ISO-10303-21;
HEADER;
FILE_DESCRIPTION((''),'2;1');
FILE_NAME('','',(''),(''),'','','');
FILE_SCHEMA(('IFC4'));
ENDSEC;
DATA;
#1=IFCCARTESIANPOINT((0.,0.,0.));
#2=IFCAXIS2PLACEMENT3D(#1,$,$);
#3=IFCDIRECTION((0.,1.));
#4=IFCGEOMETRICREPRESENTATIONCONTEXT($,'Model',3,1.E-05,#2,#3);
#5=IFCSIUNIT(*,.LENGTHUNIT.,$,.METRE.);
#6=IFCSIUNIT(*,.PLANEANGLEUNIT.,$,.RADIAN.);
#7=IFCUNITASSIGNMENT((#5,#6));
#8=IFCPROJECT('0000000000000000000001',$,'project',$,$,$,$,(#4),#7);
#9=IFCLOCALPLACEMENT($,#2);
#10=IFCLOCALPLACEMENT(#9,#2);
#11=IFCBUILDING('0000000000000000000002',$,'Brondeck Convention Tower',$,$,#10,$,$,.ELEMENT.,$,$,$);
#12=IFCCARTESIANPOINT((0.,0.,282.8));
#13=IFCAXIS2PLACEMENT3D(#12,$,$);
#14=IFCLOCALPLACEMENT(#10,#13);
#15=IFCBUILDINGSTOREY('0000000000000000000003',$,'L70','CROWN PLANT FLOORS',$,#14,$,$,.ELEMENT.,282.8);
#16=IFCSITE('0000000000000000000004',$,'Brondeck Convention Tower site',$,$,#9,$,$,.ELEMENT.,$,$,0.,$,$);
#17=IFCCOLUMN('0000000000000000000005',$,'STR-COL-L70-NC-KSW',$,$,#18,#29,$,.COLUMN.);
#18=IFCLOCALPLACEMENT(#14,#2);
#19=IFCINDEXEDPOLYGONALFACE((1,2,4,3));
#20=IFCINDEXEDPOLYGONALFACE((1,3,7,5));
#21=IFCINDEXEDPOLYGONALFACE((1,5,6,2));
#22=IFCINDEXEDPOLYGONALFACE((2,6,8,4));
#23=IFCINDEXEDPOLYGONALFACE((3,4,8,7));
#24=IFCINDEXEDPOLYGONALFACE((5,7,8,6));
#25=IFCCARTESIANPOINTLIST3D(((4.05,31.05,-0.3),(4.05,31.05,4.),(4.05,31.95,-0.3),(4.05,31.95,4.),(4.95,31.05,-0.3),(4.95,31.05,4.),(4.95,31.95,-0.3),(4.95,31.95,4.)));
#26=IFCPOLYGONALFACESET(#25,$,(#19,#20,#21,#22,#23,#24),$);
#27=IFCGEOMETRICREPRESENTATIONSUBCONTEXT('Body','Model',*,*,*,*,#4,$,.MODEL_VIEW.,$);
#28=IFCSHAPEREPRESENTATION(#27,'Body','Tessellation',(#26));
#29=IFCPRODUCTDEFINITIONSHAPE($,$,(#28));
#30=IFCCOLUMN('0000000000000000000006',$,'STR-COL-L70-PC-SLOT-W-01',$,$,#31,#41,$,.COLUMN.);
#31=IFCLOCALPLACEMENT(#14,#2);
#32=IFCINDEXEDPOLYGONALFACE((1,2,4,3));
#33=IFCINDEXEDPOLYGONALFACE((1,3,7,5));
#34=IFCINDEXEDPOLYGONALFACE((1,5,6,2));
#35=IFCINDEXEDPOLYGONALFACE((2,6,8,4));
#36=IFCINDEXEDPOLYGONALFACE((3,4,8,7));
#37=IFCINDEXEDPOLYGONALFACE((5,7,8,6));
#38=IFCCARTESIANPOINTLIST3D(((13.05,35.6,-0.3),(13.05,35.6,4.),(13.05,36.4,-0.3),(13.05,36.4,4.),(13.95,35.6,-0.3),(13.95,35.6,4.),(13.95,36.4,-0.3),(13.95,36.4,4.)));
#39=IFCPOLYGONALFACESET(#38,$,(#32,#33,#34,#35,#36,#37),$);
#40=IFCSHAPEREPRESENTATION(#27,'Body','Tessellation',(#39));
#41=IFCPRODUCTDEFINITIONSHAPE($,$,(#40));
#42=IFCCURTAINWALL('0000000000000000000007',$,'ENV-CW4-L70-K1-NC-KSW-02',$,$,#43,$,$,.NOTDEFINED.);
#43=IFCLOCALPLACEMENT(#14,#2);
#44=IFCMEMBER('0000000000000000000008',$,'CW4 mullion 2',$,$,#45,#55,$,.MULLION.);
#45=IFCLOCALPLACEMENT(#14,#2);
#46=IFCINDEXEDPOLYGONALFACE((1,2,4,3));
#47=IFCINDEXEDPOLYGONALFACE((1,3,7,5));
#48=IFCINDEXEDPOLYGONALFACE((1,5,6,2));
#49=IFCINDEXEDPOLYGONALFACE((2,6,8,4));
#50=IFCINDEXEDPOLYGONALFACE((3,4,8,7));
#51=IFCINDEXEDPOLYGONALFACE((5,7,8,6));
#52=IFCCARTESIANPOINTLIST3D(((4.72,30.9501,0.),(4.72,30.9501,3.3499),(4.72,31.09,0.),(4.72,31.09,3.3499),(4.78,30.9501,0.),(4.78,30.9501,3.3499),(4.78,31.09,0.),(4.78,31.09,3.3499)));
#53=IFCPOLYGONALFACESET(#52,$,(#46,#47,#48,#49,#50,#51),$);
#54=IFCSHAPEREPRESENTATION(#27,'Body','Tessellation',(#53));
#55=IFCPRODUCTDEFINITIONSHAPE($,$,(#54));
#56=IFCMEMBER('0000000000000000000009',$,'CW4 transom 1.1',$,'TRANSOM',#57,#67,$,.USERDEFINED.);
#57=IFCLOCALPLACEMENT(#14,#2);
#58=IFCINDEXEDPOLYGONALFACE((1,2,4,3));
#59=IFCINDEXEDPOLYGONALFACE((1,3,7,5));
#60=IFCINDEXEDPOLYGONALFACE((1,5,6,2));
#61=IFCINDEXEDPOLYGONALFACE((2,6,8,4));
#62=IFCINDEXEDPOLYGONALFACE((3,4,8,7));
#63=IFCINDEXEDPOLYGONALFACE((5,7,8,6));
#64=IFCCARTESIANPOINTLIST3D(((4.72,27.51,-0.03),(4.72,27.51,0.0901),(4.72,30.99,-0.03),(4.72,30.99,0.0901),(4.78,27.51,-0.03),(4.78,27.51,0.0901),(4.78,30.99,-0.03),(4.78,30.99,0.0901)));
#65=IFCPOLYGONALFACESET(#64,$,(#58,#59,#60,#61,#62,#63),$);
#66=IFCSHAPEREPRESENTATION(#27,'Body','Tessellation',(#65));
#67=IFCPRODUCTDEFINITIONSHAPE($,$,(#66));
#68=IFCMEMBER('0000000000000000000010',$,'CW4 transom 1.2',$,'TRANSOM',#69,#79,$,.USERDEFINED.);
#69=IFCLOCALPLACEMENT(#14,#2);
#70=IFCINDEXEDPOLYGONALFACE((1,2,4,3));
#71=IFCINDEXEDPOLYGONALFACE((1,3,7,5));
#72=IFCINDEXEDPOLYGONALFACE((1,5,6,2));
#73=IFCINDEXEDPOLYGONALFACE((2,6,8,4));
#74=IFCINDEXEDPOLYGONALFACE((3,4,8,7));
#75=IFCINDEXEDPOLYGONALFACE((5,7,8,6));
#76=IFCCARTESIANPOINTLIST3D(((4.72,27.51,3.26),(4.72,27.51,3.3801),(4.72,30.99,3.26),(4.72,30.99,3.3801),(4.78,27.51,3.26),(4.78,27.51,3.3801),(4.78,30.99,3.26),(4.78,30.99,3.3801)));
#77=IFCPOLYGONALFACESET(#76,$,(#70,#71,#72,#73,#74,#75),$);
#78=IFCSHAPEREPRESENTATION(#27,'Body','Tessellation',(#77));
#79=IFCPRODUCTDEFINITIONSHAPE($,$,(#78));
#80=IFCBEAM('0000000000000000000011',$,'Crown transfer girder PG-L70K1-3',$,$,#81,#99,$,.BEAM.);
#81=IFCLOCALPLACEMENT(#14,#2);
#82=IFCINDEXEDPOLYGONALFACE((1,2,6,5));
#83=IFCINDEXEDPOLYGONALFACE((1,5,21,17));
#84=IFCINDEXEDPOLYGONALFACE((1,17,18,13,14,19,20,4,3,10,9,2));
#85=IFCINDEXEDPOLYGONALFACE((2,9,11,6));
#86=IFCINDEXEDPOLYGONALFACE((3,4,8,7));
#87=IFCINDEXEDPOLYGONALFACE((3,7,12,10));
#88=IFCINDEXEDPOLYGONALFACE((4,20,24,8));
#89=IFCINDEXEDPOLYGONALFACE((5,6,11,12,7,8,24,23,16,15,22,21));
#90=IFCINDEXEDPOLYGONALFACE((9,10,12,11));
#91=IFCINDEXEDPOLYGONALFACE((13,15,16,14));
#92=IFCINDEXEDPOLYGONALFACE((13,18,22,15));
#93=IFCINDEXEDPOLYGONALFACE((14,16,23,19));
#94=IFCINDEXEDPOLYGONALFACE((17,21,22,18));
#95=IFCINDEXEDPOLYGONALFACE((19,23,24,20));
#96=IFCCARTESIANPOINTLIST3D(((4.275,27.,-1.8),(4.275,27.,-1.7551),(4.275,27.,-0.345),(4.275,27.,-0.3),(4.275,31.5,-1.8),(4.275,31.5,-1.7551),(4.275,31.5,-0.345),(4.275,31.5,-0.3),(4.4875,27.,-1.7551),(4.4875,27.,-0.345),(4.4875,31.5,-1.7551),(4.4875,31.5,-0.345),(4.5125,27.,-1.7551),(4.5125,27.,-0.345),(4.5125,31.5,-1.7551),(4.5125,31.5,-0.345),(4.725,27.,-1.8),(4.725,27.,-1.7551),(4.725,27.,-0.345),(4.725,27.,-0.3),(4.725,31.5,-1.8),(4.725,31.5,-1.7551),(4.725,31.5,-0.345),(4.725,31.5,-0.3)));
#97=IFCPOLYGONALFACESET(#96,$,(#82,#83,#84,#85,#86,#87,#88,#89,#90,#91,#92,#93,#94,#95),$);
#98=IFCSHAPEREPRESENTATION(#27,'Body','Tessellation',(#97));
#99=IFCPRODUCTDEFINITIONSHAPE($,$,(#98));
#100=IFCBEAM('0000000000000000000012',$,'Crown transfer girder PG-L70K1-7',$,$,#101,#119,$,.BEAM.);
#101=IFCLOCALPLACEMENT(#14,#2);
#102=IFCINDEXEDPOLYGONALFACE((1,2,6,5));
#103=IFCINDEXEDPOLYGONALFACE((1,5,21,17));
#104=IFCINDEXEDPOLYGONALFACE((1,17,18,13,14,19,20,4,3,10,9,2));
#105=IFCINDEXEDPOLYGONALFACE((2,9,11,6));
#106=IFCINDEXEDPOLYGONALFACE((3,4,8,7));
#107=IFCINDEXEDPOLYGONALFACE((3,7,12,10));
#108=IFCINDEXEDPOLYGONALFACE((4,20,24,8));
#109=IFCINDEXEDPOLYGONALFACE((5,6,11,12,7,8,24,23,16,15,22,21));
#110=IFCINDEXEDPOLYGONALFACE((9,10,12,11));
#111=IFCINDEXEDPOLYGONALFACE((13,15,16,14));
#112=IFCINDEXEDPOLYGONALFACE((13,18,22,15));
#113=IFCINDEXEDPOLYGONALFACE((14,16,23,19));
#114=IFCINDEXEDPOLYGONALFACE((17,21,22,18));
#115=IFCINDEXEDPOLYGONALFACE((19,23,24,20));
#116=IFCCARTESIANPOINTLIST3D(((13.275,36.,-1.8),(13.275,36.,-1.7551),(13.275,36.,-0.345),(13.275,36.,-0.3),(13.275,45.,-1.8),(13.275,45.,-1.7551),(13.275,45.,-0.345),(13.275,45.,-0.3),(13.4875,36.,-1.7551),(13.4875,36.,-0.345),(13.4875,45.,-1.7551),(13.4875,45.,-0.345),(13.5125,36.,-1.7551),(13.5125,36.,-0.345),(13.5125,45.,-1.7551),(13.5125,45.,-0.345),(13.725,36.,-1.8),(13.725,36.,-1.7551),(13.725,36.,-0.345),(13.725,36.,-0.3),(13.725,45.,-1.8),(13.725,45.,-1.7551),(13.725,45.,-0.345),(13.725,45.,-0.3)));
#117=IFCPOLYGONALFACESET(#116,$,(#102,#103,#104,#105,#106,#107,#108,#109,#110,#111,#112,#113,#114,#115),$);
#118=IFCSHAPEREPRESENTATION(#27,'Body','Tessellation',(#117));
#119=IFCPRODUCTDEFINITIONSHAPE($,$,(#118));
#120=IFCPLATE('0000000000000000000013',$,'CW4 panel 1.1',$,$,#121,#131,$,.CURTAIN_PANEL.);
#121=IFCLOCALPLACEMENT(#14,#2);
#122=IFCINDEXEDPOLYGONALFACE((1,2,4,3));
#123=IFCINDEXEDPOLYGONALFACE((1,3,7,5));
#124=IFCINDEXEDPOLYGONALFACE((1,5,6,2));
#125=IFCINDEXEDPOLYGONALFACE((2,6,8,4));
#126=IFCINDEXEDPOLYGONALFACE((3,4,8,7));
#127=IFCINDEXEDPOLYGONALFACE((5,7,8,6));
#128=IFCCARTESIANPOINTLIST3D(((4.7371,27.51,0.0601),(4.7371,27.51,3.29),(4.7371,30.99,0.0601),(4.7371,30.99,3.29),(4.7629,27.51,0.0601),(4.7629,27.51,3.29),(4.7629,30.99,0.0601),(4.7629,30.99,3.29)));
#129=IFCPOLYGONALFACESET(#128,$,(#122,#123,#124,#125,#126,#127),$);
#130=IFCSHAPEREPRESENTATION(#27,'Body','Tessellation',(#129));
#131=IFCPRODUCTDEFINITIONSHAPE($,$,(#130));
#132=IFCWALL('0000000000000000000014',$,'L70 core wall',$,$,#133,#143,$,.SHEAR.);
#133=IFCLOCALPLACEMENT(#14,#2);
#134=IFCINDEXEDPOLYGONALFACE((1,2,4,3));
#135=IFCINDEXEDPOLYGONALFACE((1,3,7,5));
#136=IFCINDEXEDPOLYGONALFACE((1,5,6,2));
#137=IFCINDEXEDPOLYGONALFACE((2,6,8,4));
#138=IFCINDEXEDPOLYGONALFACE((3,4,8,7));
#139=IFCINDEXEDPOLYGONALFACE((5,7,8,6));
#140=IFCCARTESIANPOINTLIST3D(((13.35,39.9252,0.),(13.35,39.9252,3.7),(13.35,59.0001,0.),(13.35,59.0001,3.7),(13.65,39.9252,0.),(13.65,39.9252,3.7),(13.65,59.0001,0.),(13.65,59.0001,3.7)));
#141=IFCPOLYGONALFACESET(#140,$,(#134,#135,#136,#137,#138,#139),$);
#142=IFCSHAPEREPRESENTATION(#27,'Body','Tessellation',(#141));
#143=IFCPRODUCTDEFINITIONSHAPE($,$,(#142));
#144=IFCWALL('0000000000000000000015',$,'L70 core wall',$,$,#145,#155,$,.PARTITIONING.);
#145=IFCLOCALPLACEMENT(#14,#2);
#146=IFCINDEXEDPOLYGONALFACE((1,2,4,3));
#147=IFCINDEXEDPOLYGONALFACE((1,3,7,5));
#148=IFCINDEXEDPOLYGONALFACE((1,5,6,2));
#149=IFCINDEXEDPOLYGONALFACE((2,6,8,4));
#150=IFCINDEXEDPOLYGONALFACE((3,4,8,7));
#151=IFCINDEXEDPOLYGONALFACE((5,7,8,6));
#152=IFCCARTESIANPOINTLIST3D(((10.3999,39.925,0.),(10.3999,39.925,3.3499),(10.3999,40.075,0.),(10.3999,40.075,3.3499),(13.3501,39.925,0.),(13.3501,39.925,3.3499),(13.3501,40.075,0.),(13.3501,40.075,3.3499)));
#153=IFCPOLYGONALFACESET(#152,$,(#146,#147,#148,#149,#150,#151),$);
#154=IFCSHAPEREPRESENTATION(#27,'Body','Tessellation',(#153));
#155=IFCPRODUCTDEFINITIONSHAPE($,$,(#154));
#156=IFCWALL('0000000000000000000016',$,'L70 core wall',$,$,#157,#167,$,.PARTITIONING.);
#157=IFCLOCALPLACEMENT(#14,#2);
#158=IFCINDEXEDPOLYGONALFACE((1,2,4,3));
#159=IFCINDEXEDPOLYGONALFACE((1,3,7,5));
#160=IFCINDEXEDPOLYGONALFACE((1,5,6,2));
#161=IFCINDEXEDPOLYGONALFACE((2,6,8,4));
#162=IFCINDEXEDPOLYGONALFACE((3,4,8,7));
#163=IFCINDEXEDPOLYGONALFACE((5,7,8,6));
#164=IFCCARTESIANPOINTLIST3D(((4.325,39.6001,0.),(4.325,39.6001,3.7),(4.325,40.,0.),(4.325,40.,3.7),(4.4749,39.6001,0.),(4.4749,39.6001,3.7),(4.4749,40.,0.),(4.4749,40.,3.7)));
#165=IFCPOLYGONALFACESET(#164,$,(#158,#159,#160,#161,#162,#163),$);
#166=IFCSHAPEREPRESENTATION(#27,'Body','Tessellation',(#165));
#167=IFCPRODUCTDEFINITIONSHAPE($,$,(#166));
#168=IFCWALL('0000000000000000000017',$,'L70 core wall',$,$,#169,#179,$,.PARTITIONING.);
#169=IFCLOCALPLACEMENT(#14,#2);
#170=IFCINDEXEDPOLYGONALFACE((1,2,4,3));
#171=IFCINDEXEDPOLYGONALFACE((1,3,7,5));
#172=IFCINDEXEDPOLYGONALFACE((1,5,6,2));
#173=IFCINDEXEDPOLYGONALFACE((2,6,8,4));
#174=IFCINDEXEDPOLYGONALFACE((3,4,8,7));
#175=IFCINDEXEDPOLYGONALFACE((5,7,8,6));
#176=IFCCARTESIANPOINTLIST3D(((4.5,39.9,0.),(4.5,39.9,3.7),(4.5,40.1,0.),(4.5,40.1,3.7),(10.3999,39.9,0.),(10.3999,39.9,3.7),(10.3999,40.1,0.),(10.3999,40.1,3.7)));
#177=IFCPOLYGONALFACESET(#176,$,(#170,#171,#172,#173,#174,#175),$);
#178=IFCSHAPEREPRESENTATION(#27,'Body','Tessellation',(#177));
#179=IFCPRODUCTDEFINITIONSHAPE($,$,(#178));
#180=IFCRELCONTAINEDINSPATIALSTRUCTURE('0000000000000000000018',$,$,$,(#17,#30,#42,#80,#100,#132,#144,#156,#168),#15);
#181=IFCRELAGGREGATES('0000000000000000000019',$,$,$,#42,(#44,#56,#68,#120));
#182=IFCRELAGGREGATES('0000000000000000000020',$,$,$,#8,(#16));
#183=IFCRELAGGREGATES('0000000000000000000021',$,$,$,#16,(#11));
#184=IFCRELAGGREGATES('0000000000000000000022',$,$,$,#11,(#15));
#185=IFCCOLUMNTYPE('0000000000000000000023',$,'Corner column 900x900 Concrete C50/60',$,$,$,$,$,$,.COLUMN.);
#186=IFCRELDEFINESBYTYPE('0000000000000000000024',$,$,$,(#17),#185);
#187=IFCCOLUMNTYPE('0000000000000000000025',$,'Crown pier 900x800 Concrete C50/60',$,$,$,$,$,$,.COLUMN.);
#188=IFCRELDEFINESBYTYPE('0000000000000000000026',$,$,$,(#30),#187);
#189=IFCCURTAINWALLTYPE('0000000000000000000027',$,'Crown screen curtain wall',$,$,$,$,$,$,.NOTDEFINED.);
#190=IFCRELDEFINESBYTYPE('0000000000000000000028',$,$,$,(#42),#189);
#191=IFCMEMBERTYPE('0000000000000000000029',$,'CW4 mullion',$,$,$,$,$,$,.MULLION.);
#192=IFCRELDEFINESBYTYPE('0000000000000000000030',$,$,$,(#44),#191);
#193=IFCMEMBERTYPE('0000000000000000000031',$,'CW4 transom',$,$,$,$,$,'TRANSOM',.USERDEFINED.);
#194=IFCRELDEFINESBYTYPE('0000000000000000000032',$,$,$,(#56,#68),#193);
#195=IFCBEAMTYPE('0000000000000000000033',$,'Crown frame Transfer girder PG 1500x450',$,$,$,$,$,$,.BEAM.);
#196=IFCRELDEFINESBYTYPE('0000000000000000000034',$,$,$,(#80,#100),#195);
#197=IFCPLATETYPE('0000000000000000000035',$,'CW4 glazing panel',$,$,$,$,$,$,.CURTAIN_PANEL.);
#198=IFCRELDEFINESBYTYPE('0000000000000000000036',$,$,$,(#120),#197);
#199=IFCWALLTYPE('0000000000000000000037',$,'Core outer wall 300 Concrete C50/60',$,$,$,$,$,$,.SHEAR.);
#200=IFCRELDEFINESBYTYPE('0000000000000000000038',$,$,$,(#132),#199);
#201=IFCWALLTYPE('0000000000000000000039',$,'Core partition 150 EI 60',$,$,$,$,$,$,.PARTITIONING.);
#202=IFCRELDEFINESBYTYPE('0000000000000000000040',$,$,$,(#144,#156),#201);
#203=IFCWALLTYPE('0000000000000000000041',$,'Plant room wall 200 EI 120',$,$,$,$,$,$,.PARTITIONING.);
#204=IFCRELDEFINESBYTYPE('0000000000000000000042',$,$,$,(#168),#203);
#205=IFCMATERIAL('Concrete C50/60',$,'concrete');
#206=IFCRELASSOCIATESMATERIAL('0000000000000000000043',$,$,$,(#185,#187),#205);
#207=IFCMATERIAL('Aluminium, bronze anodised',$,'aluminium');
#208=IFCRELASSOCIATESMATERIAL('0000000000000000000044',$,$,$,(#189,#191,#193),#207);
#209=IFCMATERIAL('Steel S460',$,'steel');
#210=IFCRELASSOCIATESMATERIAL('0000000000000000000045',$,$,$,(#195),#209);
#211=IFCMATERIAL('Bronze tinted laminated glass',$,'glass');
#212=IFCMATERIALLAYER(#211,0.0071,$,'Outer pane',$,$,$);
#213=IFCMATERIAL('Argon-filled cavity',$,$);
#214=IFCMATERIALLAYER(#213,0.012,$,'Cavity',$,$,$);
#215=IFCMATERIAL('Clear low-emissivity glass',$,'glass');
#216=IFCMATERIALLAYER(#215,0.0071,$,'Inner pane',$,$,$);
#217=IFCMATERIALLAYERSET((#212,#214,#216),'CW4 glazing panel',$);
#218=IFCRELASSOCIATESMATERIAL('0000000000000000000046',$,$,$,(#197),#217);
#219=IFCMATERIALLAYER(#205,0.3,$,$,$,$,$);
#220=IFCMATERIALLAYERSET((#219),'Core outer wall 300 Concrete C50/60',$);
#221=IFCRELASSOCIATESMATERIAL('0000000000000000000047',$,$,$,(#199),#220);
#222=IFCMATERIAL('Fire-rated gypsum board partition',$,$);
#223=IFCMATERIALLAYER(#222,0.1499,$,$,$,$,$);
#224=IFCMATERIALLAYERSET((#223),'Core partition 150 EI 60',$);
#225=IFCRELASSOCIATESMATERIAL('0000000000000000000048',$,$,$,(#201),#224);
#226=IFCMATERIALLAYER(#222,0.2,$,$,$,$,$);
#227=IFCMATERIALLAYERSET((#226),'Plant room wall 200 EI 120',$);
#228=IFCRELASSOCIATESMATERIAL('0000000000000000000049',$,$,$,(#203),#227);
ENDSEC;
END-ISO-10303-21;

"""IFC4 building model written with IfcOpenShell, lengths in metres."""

from ifc_helpers import new_model, si_unit, direction, frame, frame_2d, origin, origin_2d, place, context, subcontext, project, spatial, rectangle, i_section, extrude, material, layer, layer_set, material_profile, profile_set, type_object, element, aggregate, save


model = new_model("IFC4")

# Units and contexts
model_context = context("Model", 3, precision=1e-05, world=origin(), true_north=direction((0.0, 1.0)))
body_context = subcontext(model_context, "Body", "Model", "MODEL_VIEW")
ifc_project = project(units=[si_unit("LENGTHUNIT", "METRE"), si_unit("PLANEANGLEUNIT", "RADIAN")], contexts=[model_context])

# Site, building, storey
site_placement = place(None, origin())
site = spatial("IfcSite", under=ifc_project, at=site_placement, Name="Brondeck Convention Tower site", CompositionType="ELEMENT", RefElevation=0.0)
building_placement = place(site_placement, origin())
building = spatial("IfcBuilding", under=site, at=building_placement, Name="Brondeck Convention Tower", CompositionType="ELEMENT")
storey_placement = place(building_placement, frame((0.0, 0.0, 282.8)))
storey = spatial("IfcBuildingStorey", under=building, at=storey_placement, Name="L70", Description="CROWN PLANT FLOORS", CompositionType="ELEMENT", Elevation=282.8)

# Columns
ifc_material_1 = material(Name="Concrete C50/60", Category="concrete")
ifc_material_profile_1 = material_profile(ifc_material_1, rectangle(XDim=0.8999, YDim=0.8999, at=origin_2d()), Name="Corner column 900x900 Concrete C50/60")
ifc_profile_set_1 = profile_set([ifc_material_profile_1], Name="Concrete C50/60")
column_type_1 = type_object("IfcColumnType", Name="Corner column 900x900 Concrete C50/60", PredefinedType="COLUMN", material=ifc_profile_set_1)
column_1_placement = place(storey_placement, frame((4.5, 31.5, -0.3), z_axis=(0.0, 0.0, 1.0), x_axis=(1.0, 0.0, 0.0)))
element("IfcColumn", 1, at=column_1_placement, inside=storey, type_object=column_type_1, Name="STR-COL-L70-NC-KSW", PredefinedType="COLUMN", context=body_context, shape_type="SweptSolid", body=[
    extrude(rectangle(XDim=0.8999, YDim=0.8999, at=origin_2d()), origin(), (0.0, 0.0, 1.0), 4.3),
])
ifc_material_profile_2 = material_profile(ifc_material_1, rectangle(XDim=0.8999, YDim=0.8, at=origin_2d()), Name="Crown pier 900x800 Concrete C50/60")
ifc_profile_set_2 = profile_set([ifc_material_profile_2], Name="Concrete C50/60")
column_type_2 = type_object("IfcColumnType", Name="Crown pier 900x800 Concrete C50/60", PredefinedType="COLUMN", material=ifc_profile_set_2)
column_2_placement = place(storey_placement, frame((13.5, 36.0, -0.3), z_axis=(0.0, 0.0, 1.0), x_axis=(1.0, 0.0, 0.0)))
element("IfcColumn", 2, at=column_2_placement, inside=storey, type_object=column_type_2, Name="STR-COL-L70-PC-SLOT-W-01", PredefinedType="COLUMN", context=body_context, shape_type="SweptSolid", body=[
    extrude(rectangle(XDim=0.8999, YDim=0.8, at=origin_2d()), origin(), (0.0, 0.0, 1.0), 4.3),
])

# Curtain wall, members
ifc_material_2 = material(Name="Aluminium, bronze anodised", Category="aluminium")
curtain_wall_type = type_object("IfcCurtainWallType", Name="Crown screen curtain wall", PredefinedType="NOTDEFINED", material=ifc_material_2)
curtain_wall_placement = place(storey_placement, origin())
curtain_wall = element("IfcCurtainWall", 3, at=curtain_wall_placement, inside=storey, type_object=curtain_wall_type, Name="ENV-CW4-L70-K1-NC-KSW-02", PredefinedType="NOTDEFINED")
ifc_material_profile_3 = material_profile(ifc_material_2, rectangle(XDim=0.0601, YDim=0.1399, at=origin_2d()), Name="CW4 mullion")
ifc_profile_set_3 = profile_set([ifc_material_profile_3], Name="Aluminium, bronze anodised")
member_type_1 = type_object("IfcMemberType", Name="CW4 mullion", PredefinedType="MULLION", material=ifc_profile_set_3)
member_1_placement = place(storey_placement, frame((4.75, 31.02, 0.0), z_axis=(0.0, 0.0, 1.0), x_axis=(-1.0, 0.0, 0.0)))
member_1 = element("IfcMember", 4, at=member_1_placement, type_object=member_type_1, Name="CW4 mullion 2", PredefinedType="MULLION", context=body_context, shape_type="SweptSolid", body=[
    extrude(rectangle(XDim=0.0601, YDim=0.1399, at=origin_2d()), origin(), (0.0, 0.0, 1.0), 3.3499),
])
ifc_material_profile_4 = material_profile(ifc_material_2, rectangle(XDim=0.0601, YDim=0.1201, at=origin_2d()), Name="CW4 transom")
ifc_profile_set_4 = profile_set([ifc_material_profile_4], Name="Aluminium, bronze anodised")
member_type_2 = type_object("IfcMemberType", Name="CW4 transom", ElementType="TRANSOM", PredefinedType="USERDEFINED", material=ifc_profile_set_4)
member_2_placement = place(storey_placement, frame((4.75, 27.51, 0.03), z_axis=(0.0, 1.0, 0.0), x_axis=(-1.0, 0.0, 0.0)))
member_2 = element("IfcMember", 5, at=member_2_placement, type_object=member_type_2, Name="CW4 transom 1.1", ObjectType="TRANSOM", PredefinedType="USERDEFINED", context=body_context, shape_type="SweptSolid", body=[
    extrude(rectangle(XDim=0.0601, YDim=0.1201, at=origin_2d()), origin(), (0.0, 0.0, 1.0), 3.48),
])
member_3_placement = place(storey_placement, frame((4.75, 27.51, 3.3201), z_axis=(0.0, 1.0, 0.0), x_axis=(-1.0, 0.0, 0.0)))
member_3 = element("IfcMember", 6, at=member_3_placement, type_object=member_type_2, Name="CW4 transom 1.2", ObjectType="TRANSOM", PredefinedType="USERDEFINED", context=body_context, shape_type="SweptSolid", body=[
    extrude(rectangle(XDim=0.0601, YDim=0.1201, at=origin_2d()), origin(), (0.0, 0.0, 1.0), 3.48),
])

# Beams
ifc_material_3 = material(Name="Steel S460", Category="steel")
ifc_material_profile_5 = material_profile(ifc_material_3, i_section(OverallWidth=0.45, OverallDepth=1.5, WebThickness=0.0249, FlangeThickness=0.0449, at=origin_2d()), Name="PG 1500x450")
ifc_profile_set_5 = profile_set([ifc_material_profile_5], Name="Steel S460")
beam_type = type_object("IfcBeamType", Name="Crown frame Transfer girder PG 1500x450", PredefinedType="BEAM", material=ifc_profile_set_5)
beam_1_placement = place(storey_placement, frame((4.5, 31.5, -1.05), z_axis=(0.0, -1.0, 0.0), x_axis=(1.0, 0.0, 0.0)))
element("IfcBeam", 7, at=beam_1_placement, inside=storey, type_object=beam_type, Name="Crown transfer girder PG-L70K1-3", PredefinedType="BEAM", context=body_context, shape_type="SweptSolid", body=[
    extrude(i_section(OverallWidth=0.45, OverallDepth=1.5, WebThickness=0.0249, FlangeThickness=0.0449, at=origin_2d()), origin(), (0.0, 0.0, 1.0), 4.5),
])
beam_2_placement = place(storey_placement, frame((13.5, 36.0, -1.05), z_axis=(0.0, 1.0, 0.0), x_axis=(-1.0, 0.0, 0.0)))
element("IfcBeam", 8, at=beam_2_placement, inside=storey, type_object=beam_type, Name="Crown transfer girder PG-L70K1-7", PredefinedType="BEAM", context=body_context, shape_type="SweptSolid", body=[
    extrude(i_section(OverallWidth=0.45, OverallDepth=1.5, WebThickness=0.0249, FlangeThickness=0.0449, at=origin_2d()), origin(), (0.0, 0.0, 1.0), 9.0),
])

# Plate
ifc_material_4 = material(Name="Bronze tinted laminated glass", Category="glass")
ifc_layer_1 = layer(ifc_material_4, 0.0071, Name="Outer pane")
ifc_material_5 = material(Name="Argon-filled cavity")
ifc_layer_2 = layer(ifc_material_5, 0.012, Name="Cavity")
ifc_material_6 = material(Name="Clear low-emissivity glass", Category="glass")
ifc_layer_3 = layer(ifc_material_6, 0.0071, Name="Inner pane")
ifc_layer_set_1 = layer_set([ifc_layer_1, ifc_layer_2, ifc_layer_3], Name="CW4 glazing panel")
plate_type = type_object("IfcPlateType", Name="CW4 glazing panel", PredefinedType="CURTAIN_PANEL", material=ifc_layer_set_1)
plate_placement = place(storey_placement, frame((4.75, 29.25, 0.0601), z_axis=(0.0, 0.0, 1.0), x_axis=(0.0, 1.0, 0.0)))
plate = element("IfcPlate", 9, at=plate_placement, type_object=plate_type, Name="CW4 panel 1.1", PredefinedType="CURTAIN_PANEL", context=body_context, shape_type="SweptSolid", body=[
    extrude(rectangle(XDim=3.48, YDim=0.0259, at=origin_2d()), origin(), (0.0, 0.0, 1.0), 3.23),
])
aggregate(curtain_wall, [member_1, member_2, member_3, plate])

# Walls
ifc_layer_4 = layer(ifc_material_1, 0.3)
ifc_layer_set_2 = layer_set([ifc_layer_4], Name="Core outer wall 300 Concrete C50/60")
wall_type_1 = type_object("IfcWallType", Name="Core outer wall 300 Concrete C50/60", PredefinedType="SHEAR", material=ifc_layer_set_2)
wall_1_placement = place(storey_placement, frame((13.5, 39.925, 0.0), z_axis=(0.0, 0.0, 1.0), x_axis=(0.0, 1.0, 0.0)))
element("IfcWall", 10, at=wall_1_placement, inside=storey, type_object=wall_type_1, Name="L70 core wall", PredefinedType="SHEAR", context=body_context, shape_type="SweptSolid", body=[
    extrude(rectangle(XDim=19.075, YDim=0.3, at=frame_2d((9.5376, 0.0))), origin(), (0.0, 0.0, 1.0), 3.7),
])
ifc_material_7 = material(Name="Fire-rated gypsum board partition")
ifc_layer_5 = layer(ifc_material_7, 0.1499)
ifc_layer_set_3 = layer_set([ifc_layer_5], Name="Core partition 150 EI 60")
wall_type_2 = type_object("IfcWallType", Name="Core partition 150 EI 60", PredefinedType="PARTITIONING", material=ifc_layer_set_3)
wall_2_placement = place(storey_placement, frame((10.3999, 40.0, 0.0), z_axis=(0.0, 0.0, 1.0), x_axis=(1.0, 0.0, 0.0)))
element("IfcWall", 11, at=wall_2_placement, inside=storey, type_object=wall_type_2, Name="L70 core wall", PredefinedType="PARTITIONING", context=body_context, shape_type="SweptSolid", body=[
    extrude(rectangle(XDim=2.9502, YDim=0.1499, at=frame_2d((1.4751, 0.0))), origin(), (0.0, 0.0, 1.0), 3.3499),
])
wall_3_placement = place(storey_placement, frame((4.3999, 39.6001, 0.0), z_axis=(0.0, 0.0, 1.0), x_axis=(0.0, 1.0, 0.0)))
element("IfcWall", 12, at=wall_3_placement, inside=storey, type_object=wall_type_2, Name="L70 core wall", PredefinedType="PARTITIONING", context=body_context, shape_type="SweptSolid", body=[
    extrude(rectangle(XDim=0.3999, YDim=0.1499, at=frame_2d((0.2, 0.0))), origin(), (0.0, 0.0, 1.0), 3.7),
])
ifc_layer_6 = layer(ifc_material_7, 0.2)
ifc_layer_set_4 = layer_set([ifc_layer_6], Name="Plant room wall 200 EI 120")
wall_type_3 = type_object("IfcWallType", Name="Plant room wall 200 EI 120", PredefinedType="PARTITIONING", material=ifc_layer_set_4)
wall_4_placement = place(storey_placement, frame((4.5, 40.0, 0.0), z_axis=(0.0, 0.0, 1.0), x_axis=(1.0, 0.0, 0.0)))
element("IfcWall", 13, at=wall_4_placement, inside=storey, type_object=wall_type_3, Name="L70 core wall", PredefinedType="PARTITIONING", context=body_context, shape_type="SweptSolid", body=[
    extrude(rectangle(XDim=5.8999, YDim=0.2, at=frame_2d((2.95, 0.0))), origin(), (0.0, 0.0, 1.0), 3.7),
])

save(model, "model.ifc")
